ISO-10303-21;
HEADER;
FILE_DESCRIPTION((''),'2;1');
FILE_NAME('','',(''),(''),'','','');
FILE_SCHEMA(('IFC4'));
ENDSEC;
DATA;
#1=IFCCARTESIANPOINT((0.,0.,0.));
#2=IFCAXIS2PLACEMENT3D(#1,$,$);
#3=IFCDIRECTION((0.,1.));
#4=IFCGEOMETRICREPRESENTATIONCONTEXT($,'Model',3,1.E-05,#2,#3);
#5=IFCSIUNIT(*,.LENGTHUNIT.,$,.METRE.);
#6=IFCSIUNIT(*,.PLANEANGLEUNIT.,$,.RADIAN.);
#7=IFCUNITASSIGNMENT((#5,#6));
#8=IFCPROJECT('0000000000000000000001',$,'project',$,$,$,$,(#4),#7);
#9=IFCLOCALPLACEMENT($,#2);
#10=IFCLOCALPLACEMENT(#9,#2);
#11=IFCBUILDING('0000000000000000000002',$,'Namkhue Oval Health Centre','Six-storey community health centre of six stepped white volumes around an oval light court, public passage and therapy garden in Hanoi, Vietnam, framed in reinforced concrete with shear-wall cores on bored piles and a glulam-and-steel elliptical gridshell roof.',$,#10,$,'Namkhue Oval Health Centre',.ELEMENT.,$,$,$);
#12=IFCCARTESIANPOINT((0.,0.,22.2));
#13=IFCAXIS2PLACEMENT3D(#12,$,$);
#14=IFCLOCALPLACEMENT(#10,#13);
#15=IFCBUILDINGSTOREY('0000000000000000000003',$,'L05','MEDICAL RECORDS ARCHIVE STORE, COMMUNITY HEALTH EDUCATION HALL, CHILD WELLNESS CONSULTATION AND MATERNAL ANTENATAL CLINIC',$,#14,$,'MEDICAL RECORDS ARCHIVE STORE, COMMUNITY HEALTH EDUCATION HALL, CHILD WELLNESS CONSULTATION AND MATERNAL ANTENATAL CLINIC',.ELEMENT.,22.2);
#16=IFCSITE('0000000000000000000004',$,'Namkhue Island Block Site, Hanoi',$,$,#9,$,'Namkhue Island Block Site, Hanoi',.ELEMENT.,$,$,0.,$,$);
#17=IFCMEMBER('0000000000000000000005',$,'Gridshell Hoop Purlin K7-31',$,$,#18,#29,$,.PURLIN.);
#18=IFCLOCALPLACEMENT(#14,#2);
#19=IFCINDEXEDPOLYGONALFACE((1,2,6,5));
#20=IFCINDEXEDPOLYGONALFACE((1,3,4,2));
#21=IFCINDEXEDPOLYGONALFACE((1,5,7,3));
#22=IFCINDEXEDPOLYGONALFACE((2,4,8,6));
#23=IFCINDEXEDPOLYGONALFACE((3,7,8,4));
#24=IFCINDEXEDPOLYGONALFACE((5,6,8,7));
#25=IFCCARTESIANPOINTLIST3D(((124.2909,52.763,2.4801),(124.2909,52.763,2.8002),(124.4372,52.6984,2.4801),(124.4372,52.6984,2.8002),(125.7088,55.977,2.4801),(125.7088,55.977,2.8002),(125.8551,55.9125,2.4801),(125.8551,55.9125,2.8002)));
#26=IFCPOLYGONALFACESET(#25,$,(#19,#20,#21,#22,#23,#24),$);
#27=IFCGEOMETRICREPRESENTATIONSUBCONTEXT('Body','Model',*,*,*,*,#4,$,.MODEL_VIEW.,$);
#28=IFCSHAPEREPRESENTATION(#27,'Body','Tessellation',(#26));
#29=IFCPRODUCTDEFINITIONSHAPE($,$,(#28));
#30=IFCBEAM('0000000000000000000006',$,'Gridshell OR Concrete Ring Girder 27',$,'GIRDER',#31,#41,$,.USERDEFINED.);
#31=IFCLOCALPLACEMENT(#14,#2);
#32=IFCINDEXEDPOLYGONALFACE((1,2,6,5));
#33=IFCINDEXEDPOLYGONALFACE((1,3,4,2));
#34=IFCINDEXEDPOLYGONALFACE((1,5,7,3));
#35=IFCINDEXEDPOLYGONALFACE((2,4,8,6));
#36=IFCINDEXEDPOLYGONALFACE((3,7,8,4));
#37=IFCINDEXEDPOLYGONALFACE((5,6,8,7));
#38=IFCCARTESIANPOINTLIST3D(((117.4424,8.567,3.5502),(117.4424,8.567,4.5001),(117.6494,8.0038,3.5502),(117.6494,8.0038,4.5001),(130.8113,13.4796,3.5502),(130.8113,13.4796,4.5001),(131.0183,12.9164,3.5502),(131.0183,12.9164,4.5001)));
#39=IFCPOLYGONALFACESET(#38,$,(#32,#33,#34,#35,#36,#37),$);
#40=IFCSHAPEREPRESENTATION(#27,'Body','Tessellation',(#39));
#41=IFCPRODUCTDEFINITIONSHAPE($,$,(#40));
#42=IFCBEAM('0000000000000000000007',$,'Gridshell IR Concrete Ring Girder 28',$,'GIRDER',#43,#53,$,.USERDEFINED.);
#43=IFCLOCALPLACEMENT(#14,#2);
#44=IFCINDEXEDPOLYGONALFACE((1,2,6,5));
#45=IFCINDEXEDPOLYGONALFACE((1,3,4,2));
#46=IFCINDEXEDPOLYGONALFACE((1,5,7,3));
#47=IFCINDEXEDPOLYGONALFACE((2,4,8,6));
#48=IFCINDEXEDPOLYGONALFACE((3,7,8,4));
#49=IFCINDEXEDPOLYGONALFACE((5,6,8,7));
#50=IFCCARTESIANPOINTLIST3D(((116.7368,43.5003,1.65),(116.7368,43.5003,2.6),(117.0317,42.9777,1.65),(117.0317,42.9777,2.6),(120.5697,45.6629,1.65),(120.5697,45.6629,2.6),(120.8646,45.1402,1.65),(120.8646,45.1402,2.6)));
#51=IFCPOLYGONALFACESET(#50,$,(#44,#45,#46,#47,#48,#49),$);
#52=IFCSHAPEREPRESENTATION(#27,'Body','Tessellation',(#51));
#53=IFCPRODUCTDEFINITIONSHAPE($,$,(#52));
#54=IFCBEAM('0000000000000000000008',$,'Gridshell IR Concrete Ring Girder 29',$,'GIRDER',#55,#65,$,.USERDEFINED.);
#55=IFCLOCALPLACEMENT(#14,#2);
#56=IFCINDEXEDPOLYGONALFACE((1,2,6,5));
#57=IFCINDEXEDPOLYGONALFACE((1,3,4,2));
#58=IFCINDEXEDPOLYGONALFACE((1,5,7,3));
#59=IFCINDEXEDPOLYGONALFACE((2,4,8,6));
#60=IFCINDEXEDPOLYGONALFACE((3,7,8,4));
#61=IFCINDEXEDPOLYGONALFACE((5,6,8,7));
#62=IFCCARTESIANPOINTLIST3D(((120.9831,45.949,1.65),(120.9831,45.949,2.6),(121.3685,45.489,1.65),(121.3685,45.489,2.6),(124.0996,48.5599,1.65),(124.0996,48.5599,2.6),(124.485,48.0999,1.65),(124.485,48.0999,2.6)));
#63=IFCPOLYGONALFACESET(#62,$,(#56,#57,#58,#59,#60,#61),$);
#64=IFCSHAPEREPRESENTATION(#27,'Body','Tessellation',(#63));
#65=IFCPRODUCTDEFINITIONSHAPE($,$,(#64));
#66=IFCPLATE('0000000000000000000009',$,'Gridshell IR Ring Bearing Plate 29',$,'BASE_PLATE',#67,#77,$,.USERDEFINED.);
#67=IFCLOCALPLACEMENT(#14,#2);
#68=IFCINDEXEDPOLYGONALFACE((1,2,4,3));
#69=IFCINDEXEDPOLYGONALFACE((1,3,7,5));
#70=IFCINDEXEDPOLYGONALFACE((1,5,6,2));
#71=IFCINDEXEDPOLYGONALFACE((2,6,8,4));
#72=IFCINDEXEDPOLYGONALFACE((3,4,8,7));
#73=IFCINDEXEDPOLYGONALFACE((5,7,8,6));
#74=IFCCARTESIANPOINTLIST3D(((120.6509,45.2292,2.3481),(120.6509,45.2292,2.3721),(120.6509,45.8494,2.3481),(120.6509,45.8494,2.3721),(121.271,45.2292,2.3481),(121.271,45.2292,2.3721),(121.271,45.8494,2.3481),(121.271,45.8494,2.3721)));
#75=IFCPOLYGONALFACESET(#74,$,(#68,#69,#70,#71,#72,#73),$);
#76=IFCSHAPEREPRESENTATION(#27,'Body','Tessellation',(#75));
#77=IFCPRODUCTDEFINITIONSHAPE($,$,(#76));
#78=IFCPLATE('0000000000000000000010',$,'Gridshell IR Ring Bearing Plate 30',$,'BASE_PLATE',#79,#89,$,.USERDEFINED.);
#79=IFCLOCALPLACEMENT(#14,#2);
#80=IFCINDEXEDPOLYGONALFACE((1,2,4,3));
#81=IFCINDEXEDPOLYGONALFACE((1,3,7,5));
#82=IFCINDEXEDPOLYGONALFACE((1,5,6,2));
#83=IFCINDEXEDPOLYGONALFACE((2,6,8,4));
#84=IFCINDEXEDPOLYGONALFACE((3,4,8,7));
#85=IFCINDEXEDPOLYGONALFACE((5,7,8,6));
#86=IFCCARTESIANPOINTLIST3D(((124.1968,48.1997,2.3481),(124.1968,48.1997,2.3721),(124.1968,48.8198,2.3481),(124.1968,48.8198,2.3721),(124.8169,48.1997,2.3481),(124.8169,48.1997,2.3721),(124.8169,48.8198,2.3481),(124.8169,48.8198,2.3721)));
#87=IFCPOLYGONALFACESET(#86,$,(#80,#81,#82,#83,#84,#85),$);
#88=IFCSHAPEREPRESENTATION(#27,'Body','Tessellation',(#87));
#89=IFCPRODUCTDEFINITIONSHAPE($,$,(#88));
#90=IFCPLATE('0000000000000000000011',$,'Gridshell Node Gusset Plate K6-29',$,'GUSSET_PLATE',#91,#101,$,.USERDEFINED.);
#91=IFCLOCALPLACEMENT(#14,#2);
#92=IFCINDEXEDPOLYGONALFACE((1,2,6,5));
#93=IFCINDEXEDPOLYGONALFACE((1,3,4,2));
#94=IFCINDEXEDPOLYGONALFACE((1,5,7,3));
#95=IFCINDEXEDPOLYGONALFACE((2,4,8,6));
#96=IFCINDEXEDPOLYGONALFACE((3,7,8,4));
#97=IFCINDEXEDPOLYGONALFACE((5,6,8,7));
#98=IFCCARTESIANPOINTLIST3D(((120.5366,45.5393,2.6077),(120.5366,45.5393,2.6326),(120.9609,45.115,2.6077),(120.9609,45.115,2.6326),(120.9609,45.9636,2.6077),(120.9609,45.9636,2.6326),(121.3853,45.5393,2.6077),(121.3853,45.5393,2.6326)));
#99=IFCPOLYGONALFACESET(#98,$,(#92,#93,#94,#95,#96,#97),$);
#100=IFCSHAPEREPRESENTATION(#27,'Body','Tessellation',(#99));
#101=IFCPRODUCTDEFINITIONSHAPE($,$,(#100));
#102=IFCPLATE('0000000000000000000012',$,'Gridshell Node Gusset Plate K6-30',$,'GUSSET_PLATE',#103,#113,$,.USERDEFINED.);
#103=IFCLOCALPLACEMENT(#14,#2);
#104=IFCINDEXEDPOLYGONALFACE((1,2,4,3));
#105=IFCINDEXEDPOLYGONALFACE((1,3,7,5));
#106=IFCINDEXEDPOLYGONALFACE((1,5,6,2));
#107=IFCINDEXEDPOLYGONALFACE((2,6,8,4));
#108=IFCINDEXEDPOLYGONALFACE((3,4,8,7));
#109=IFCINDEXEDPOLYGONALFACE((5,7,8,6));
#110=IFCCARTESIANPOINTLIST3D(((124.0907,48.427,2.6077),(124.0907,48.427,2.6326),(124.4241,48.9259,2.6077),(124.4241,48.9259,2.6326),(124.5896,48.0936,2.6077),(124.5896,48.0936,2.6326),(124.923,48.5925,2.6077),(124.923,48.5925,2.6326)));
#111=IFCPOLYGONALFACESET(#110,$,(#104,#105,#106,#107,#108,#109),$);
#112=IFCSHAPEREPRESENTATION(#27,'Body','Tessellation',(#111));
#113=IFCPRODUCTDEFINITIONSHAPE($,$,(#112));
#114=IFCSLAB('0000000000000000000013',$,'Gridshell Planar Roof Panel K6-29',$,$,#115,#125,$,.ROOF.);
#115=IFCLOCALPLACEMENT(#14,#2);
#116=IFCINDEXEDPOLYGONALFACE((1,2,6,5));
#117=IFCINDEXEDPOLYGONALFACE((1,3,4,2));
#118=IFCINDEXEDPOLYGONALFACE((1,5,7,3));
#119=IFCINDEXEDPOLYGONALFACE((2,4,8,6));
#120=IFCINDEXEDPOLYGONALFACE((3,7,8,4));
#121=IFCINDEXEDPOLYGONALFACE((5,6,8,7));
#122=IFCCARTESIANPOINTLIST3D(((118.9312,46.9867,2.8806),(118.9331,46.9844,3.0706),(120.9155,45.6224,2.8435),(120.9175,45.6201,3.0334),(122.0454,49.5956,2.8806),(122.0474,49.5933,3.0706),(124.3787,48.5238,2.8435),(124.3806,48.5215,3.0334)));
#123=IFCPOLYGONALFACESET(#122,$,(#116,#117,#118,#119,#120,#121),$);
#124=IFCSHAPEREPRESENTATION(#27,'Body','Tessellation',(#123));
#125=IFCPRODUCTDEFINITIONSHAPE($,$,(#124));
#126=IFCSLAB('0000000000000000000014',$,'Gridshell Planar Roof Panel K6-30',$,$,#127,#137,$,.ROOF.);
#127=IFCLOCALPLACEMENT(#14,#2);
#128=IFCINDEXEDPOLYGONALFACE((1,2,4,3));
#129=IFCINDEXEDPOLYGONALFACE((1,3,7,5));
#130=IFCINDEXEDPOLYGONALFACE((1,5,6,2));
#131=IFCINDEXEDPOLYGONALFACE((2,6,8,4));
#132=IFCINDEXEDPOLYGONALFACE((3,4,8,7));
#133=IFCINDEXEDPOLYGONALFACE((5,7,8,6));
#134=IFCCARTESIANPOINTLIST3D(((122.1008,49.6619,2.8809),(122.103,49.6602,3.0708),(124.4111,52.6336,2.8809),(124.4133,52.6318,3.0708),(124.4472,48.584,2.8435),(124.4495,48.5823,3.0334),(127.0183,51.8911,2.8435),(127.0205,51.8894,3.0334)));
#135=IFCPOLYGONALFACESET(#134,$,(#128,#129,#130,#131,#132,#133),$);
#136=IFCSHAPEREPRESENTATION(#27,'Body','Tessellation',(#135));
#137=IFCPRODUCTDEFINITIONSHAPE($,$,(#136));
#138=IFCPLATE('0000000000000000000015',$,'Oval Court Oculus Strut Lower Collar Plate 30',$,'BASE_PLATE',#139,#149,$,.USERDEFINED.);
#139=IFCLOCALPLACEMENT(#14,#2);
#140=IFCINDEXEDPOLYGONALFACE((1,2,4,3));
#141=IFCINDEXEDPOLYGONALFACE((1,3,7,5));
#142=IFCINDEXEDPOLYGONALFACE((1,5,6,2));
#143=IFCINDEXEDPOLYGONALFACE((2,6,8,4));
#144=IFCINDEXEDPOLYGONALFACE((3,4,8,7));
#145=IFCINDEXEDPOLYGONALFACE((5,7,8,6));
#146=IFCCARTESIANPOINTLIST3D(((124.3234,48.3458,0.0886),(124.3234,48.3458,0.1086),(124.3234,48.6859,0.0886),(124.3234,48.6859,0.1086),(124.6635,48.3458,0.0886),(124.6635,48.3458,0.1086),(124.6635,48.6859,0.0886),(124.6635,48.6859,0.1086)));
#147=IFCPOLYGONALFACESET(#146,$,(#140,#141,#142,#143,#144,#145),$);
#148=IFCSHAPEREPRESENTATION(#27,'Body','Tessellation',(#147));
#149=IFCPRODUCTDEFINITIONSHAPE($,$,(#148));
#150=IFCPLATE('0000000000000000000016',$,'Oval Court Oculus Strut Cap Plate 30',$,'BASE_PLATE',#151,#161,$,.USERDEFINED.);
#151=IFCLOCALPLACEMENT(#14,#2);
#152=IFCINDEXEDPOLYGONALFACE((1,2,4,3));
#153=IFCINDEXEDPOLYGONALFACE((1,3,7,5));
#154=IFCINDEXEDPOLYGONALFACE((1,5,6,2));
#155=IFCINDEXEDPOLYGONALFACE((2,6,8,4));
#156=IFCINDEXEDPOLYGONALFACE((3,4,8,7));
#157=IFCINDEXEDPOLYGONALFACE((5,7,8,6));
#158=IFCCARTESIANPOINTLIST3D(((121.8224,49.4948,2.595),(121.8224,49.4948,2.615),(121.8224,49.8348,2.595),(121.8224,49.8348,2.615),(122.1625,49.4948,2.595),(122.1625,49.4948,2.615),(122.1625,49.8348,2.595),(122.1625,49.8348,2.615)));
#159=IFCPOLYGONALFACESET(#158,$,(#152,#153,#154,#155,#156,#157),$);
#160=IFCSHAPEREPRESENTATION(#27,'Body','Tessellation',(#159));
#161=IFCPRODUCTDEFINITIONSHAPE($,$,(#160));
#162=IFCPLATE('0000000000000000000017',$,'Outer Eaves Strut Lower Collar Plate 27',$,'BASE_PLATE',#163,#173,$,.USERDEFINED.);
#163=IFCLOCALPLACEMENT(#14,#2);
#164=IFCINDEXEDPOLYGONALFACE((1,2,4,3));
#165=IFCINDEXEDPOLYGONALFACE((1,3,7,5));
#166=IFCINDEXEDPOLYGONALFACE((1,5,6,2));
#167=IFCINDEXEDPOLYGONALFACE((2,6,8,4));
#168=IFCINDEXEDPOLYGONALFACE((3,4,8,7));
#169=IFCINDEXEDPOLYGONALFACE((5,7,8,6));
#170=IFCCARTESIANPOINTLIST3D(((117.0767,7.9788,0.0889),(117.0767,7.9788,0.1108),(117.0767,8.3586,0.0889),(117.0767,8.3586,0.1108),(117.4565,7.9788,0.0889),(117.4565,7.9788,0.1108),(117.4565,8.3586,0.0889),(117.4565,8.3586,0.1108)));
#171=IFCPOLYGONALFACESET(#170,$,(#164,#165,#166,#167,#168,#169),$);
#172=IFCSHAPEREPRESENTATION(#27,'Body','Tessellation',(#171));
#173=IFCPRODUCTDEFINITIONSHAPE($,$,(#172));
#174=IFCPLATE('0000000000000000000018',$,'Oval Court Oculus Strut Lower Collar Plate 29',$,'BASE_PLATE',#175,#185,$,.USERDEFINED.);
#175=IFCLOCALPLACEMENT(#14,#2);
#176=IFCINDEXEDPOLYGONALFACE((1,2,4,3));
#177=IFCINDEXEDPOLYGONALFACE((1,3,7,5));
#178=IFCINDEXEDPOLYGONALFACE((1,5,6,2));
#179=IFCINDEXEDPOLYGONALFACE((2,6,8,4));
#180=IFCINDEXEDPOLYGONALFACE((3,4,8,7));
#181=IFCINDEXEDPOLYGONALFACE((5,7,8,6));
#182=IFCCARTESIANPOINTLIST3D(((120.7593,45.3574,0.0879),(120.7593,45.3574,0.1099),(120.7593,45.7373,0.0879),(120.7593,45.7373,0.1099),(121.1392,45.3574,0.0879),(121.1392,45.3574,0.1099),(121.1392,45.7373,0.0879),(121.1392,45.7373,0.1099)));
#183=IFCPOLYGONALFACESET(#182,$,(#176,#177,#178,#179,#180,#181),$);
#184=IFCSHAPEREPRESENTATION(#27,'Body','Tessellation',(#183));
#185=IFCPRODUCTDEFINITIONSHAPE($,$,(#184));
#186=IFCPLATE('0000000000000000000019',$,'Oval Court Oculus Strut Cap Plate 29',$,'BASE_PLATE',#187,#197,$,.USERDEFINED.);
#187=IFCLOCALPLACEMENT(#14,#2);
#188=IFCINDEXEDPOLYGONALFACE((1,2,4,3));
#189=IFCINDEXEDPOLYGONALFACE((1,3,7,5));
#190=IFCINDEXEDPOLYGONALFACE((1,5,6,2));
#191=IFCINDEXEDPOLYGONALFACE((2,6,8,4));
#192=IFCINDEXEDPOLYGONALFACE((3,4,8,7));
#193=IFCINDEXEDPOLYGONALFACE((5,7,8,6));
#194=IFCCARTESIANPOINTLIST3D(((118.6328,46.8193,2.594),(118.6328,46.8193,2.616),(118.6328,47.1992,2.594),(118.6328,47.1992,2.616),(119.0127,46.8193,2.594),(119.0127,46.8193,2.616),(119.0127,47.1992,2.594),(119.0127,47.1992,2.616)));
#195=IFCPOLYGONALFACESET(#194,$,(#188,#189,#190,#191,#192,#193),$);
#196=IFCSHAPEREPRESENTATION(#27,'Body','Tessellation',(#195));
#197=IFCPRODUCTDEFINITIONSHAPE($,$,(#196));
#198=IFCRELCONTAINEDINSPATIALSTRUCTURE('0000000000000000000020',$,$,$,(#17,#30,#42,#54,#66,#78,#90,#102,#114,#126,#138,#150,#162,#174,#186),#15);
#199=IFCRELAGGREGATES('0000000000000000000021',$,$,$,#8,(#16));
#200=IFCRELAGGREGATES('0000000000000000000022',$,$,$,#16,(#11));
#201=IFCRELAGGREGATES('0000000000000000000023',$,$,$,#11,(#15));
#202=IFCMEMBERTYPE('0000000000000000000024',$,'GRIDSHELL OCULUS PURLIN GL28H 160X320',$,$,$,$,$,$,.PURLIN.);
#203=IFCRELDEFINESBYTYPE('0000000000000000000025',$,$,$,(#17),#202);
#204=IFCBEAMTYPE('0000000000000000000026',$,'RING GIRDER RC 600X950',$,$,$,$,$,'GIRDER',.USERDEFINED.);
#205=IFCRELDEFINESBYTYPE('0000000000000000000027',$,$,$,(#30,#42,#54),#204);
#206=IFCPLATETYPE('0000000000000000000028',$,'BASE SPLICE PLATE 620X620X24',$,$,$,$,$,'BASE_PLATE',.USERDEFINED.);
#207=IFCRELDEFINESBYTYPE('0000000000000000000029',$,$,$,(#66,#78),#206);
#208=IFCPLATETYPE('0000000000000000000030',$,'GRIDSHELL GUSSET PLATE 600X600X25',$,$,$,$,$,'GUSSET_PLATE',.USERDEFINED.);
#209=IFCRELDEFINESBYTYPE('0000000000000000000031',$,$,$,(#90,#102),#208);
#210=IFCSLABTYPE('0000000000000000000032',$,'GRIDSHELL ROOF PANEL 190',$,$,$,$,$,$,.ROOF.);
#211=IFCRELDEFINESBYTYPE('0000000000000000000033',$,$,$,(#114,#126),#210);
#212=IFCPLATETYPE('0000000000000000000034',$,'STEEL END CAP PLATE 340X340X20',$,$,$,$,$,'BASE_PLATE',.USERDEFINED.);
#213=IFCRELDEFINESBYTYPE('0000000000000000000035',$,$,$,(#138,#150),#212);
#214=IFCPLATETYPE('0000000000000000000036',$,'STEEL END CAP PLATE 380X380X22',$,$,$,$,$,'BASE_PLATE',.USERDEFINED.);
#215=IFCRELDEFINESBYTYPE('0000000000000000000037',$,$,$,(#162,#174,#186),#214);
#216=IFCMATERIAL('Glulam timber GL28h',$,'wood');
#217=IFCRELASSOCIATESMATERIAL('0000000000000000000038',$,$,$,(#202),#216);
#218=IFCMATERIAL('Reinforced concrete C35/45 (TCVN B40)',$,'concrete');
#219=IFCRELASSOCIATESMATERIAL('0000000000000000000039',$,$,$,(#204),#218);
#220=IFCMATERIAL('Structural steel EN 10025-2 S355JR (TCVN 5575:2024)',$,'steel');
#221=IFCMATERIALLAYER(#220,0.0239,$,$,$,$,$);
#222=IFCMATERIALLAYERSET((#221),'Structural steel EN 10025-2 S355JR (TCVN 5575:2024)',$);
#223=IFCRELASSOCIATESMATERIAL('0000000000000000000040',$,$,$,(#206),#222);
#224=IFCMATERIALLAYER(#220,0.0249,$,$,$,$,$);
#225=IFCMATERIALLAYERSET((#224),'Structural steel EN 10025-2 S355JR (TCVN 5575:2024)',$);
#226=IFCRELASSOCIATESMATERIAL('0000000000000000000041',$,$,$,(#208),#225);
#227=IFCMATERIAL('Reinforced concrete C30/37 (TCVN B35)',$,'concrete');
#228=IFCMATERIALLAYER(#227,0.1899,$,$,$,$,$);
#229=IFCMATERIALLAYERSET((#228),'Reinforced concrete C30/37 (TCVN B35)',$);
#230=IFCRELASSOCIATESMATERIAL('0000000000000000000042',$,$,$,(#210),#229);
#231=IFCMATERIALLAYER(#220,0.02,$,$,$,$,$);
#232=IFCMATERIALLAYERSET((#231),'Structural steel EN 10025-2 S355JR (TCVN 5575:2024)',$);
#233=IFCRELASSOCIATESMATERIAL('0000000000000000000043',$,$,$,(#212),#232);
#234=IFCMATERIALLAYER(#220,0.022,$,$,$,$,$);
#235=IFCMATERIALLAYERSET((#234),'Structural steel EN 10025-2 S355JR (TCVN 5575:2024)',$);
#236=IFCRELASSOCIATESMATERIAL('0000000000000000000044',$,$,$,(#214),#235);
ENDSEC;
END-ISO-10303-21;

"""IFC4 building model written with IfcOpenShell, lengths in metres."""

from ifc_helpers import new_model, si_unit, direction, frame, origin, origin_2d, place, context, subcontext, project, spatial, polyline, rectangle, outline, extrude, material, layer, layer_set, material_profile, profile_set, type_object, element, save


model = new_model("IFC4")

# Units and contexts
model_context = context("Model", 3, precision=1e-05, world=origin(), true_north=direction((0.0, 1.0)))
body_context = subcontext(model_context, "Body", "Model", "MODEL_VIEW")
ifc_project = project(units=[si_unit("LENGTHUNIT", "METRE"), si_unit("PLANEANGLEUNIT", "RADIAN")], contexts=[model_context])

# Site, building, storey
site_placement = place(None, origin())
site = spatial("IfcSite", under=ifc_project, at=site_placement, Name="Namkhue Island Block Site, Hanoi", LongName="Namkhue Island Block Site, Hanoi", CompositionType="ELEMENT", RefElevation=0.0)
building_placement = place(site_placement, origin())
building = spatial("IfcBuilding", under=site, at=building_placement, Name="Namkhue Oval Health Centre", Description="Six-storey community health centre of six stepped white volumes around an oval light court, public passage and therapy garden in Hanoi, Vietnam, framed in reinforced concrete with shear-wall cores on bored piles and a glulam-and-steel elliptical gridshell roof.", LongName="Namkhue Oval Health Centre", CompositionType="ELEMENT")
storey_placement = place(building_placement, frame((0.0, 0.0, 22.2)))
storey = spatial("IfcBuildingStorey", under=building, at=storey_placement, Name="L05", Description="MEDICAL RECORDS ARCHIVE STORE, COMMUNITY HEALTH EDUCATION HALL, CHILD WELLNESS CONSULTATION AND MATERNAL ANTENATAL CLINIC", LongName="MEDICAL RECORDS ARCHIVE STORE, COMMUNITY HEALTH EDUCATION HALL, CHILD WELLNESS CONSULTATION AND MATERNAL ANTENATAL CLINIC", CompositionType="ELEMENT", Elevation=22.2)

# Shared definitions
ifc_material_1 = material(Name="Reinforced concrete C35/45 (TCVN B40)", Category="concrete")

# Member
ifc_material_2 = material(Name="Structural steel EN 10025-2 S355JR (TCVN 5575:2024)", Category="steel")
ifc_material_3 = material(Name="Glulam timber GL28h", Category="wood")
ifc_material_profile_1 = material_profile(ifc_material_3, rectangle(XDim=0.1599, YDim=0.3201, at=origin_2d()), Name="GL28h 160x320")
ifc_profile_set_1 = profile_set([ifc_material_profile_1], Name="Glulam timber GL28h")
member_type_1 = type_object("IfcMemberType", Name="GRIDSHELL OCULUS PURLIN GL28H 160X320", PredefinedType="PURLIN", material=ifc_profile_set_1)
member_1_placement = place(storey_placement, frame((124.364, 52.7307, 2.6401), z_axis=(0.403635, 0.91492, 0.0), x_axis=(-0.91492, 0.403635, 0.0)))
element("IfcMember", 1, at=member_1_placement, inside=storey, type_object=member_type_1, Name="Gridshell Hoop Purlin K7-31", PredefinedType="PURLIN", context=body_context, shape_type="SweptSolid", body=[
    extrude(rectangle(XDim=0.1599, YDim=0.3201, at=origin_2d()), origin(), (0.0, 0.0, 1.0), 3.5129),
])

# Beams
ifc_material_profile_2 = material_profile(ifc_material_1, rectangle(XDim=0.6001, YDim=0.95, at=origin_2d()), Name="RC 600x950")
ifc_profile_set_2 = profile_set([ifc_material_profile_2], Name="Reinforced concrete C35/45 (TCVN B40)")
beam_type = type_object("IfcBeamType", Name="RING GIRDER RC 600X950", ElementType="GIRDER", PredefinedType="USERDEFINED", material=ifc_profile_set_2)
beam_1_placement = place(storey_placement, frame((117.5459, 8.2854, 4.0251), z_axis=(0.938634, 0.344915, 0.0), x_axis=(-0.344915, 0.938634, 0.0)))
element("IfcBeam", 2, at=beam_1_placement, inside=storey, type_object=beam_type, Name="Gridshell OR Concrete Ring Girder 27", ObjectType="GIRDER", PredefinedType="USERDEFINED", context=body_context, shape_type="SweptSolid", body=[
    extrude(rectangle(XDim=0.6001, YDim=0.95, at=origin_2d()), origin(), (0.0, 0.0, 1.0), 14.2429),
])
beam_2_placement = place(storey_placement, frame((116.8843, 43.239, 2.125), z_axis=(0.870941, 0.491388, 0.0), x_axis=(-0.491388, 0.870941, 0.0)))
element("IfcBeam", 3, at=beam_2_placement, inside=storey, type_object=beam_type, Name="Gridshell IR Concrete Ring Girder 28", ObjectType="GIRDER", PredefinedType="USERDEFINED", context=body_context, shape_type="SweptSolid", body=[
    extrude(rectangle(XDim=0.6001, YDim=0.95, at=origin_2d()), origin(), (0.0, 0.0, 1.0), 4.4009),
])
beam_3_placement = place(storey_placement, frame((121.1758, 45.719, 2.125), z_axis=(0.76655, 0.642185, 0.0), x_axis=(-0.642185, 0.76655, 0.0)))
element("IfcBeam", 4, at=beam_3_placement, inside=storey, type_object=beam_type, Name="Gridshell IR Concrete Ring Girder 29", ObjectType="GIRDER", PredefinedType="USERDEFINED", context=body_context, shape_type="SweptSolid", body=[
    extrude(rectangle(XDim=0.6001, YDim=0.95, at=origin_2d()), origin(), (0.0, 0.0, 1.0), 4.0657),
])

# Plates
ifc_layer_1 = layer(ifc_material_2, 0.0239)
ifc_layer_set_1 = layer_set([ifc_layer_1], Name="Structural steel EN 10025-2 S355JR (TCVN 5575:2024)")
plate_type_1 = type_object("IfcPlateType", Name="BASE SPLICE PLATE 620X620X24", ElementType="BASE_PLATE", PredefinedType="USERDEFINED", material=ifc_layer_set_1)
for number, where, z_axis, x_axis, name in (
    (5, (120.9609, 45.5393, 2.3481), (0.0, 0.0, 1.0), (1.0, 0.0, 0.0), "Gridshell IR Ring Bearing Plate 29"),
    (6, (124.5068, 48.5098, 2.3481), (0.0, 0.0, 1.0), (1.0, 0.0, 0.0), "Gridshell IR Ring Bearing Plate 30"),
):
    element("IfcPlate", number, at=place(storey_placement, frame(where, z_axis=z_axis, x_axis=x_axis)), inside=storey, type_object=plate_type_1, Name=name, ObjectType="BASE_PLATE", PredefinedType="USERDEFINED", context=body_context, shape_type="SweptSolid", body=[
        extrude(rectangle(XDim=0.6201, YDim=0.6201, at=origin_2d()), origin(), (0.0, 0.0, 1.0), 0.0239),
    ])
ifc_layer_2 = layer(ifc_material_2, 0.0249)
ifc_layer_set_2 = layer_set([ifc_layer_2], Name="Structural steel EN 10025-2 S355JR (TCVN 5575:2024)")
plate_type_2 = type_object("IfcPlateType", Name="GRIDSHELL GUSSET PLATE 600X600X25", ElementType="GUSSET_PLATE", PredefinedType="USERDEFINED", material=ifc_layer_set_2)
for number, where, z_axis, x_axis, name in (
    (7, (120.9609, 45.5393, 2.6077), (0.0, 0.0, 1.0), (0.707107, -0.707107, 0.0), "Gridshell Node Gusset Plate K6-29"),
    (8, (124.5068, 48.5098, 2.6077), (0.0, 0.0, 1.0), (0.83147, -0.55557, 0.0), "Gridshell Node Gusset Plate K6-30"),
):
    element("IfcPlate", number, at=place(storey_placement, frame(where, z_axis=z_axis, x_axis=x_axis)), inside=storey, type_object=plate_type_2, Name=name, ObjectType="GUSSET_PLATE", PredefinedType="USERDEFINED", context=body_context, shape_type="SweptSolid", body=[
        extrude(rectangle(XDim=0.6001, YDim=0.6001, at=origin_2d()), origin(), (0.0, 0.0, 1.0), 0.0249),
    ])

# Slabs
ifc_material_4 = material(Name="Reinforced concrete C30/37 (TCVN B35)", Category="concrete")
ifc_layer_3 = layer(ifc_material_4, 0.1899)
ifc_layer_set_3 = layer_set([ifc_layer_3], Name="Reinforced concrete C30/37 (TCVN B35)")
slab_type = type_object("IfcSlabType", Name="GRIDSHELL ROOF PANEL 190", PredefinedType="ROOF", material=ifc_layer_set_3)
slab_1_placement = place(storey_placement, frame((120.9175, 45.6201, 3.0334), z_axis=(0.010271, -0.01226, 0.999872), x_axis=(0.76654, 0.642197, 0.0)))
element("IfcSlab", 9, at=slab_1_placement, inside=storey, type_object=slab_type, Name="Gridshell Planar Roof Panel K6-29", PredefinedType="ROOF", context=body_context, shape_type="SweptSolid", body=[
    extrude(outline(polyline([(0.0, 0.0), (4.5179, 0.0), (3.4176, 2.3203), (-0.645, 2.3204), (0.0, 0.0)])), origin(), (0.0, 0.0, -1.0), 0.1899),
])
slab_2_placement = place(storey_placement, frame((124.4495, 48.5823, 3.0334), z_axis=(0.011729, -0.009118, 0.99989), x_axis=(0.613767, 0.789487, 0.0)))
element("IfcSlab", 10, at=slab_2_placement, inside=storey, type_object=slab_type, Name="Gridshell Planar Roof Panel K6-30", PredefinedType="ROOF", context=body_context, shape_type="SweptSolid", body=[
    extrude(outline(polyline([(0.0, 0.0), (4.189, 0.0), (3.1749, 2.5143), (-0.5892, 2.5143), (0.0, 0.0)])), origin(), (0.0, 0.0, -1.0), 0.1899),
])

# Plates
ifc_layer_4 = layer(ifc_material_2, 0.02)
ifc_layer_set_4 = layer_set([ifc_layer_4], Name="Structural steel EN 10025-2 S355JR (TCVN 5575:2024)")
plate_type_3 = type_object("IfcPlateType", Name="STEEL END CAP PLATE 340X340X20", ElementType="BASE_PLATE", PredefinedType="USERDEFINED", material=ifc_layer_set_4)
for number, where, z_axis, x_axis, name in (
    (11, (124.4934, 48.5159, 0.0886), (0.0, 0.0, 1.0), (1.0, 0.0, 0.0), "Oval Court Oculus Strut Lower Collar Plate 30"),
    (12, (121.9924, 49.6648, 2.595), (0.0, 0.0, 1.0), (1.0, 0.0, 0.0), "Oval Court Oculus Strut Cap Plate 30"),
):
    element("IfcPlate", number, at=place(storey_placement, frame(where, z_axis=z_axis, x_axis=x_axis)), inside=storey, type_object=plate_type_3, Name=name, ObjectType="BASE_PLATE", PredefinedType="USERDEFINED", context=body_context, shape_type="SweptSolid", body=[
        extrude(rectangle(XDim=0.3401, YDim=0.3401, at=origin_2d()), origin(), (0.0, 0.0, 1.0), 0.02),
    ])
ifc_layer_5 = layer(ifc_material_2, 0.022)
ifc_layer_set_5 = layer_set([ifc_layer_5], Name="Structural steel EN 10025-2 S355JR (TCVN 5575:2024)")
plate_type_4 = type_object("IfcPlateType", Name="STEEL END CAP PLATE 380X380X22", ElementType="BASE_PLATE", PredefinedType="USERDEFINED", material=ifc_layer_set_5)
for number, where, z_axis, x_axis, name in (
    (13, (117.2666, 8.1687, 0.0889), (0.0, 0.0, 1.0), (1.0, 0.0, 0.0), "Outer Eaves Strut Lower Collar Plate 27"),
    (14, (120.9492, 45.5474, 0.0879), (0.0, 0.0, 1.0), (1.0, 0.0, 0.0), "Oval Court Oculus Strut Lower Collar Plate 29"),
    (15, (118.8228, 47.0093, 2.594), (0.0, 0.0, 1.0), (1.0, 0.0, 0.0), "Oval Court Oculus Strut Cap Plate 29"),
):
    element("IfcPlate", number, at=place(storey_placement, frame(where, z_axis=z_axis, x_axis=x_axis)), inside=storey, type_object=plate_type_4, Name=name, ObjectType="BASE_PLATE", PredefinedType="USERDEFINED", context=body_context, shape_type="SweptSolid", body=[
        extrude(rectangle(XDim=0.3799, YDim=0.3799, at=origin_2d()), origin(), (0.0, 0.0, 1.0), 0.022),
    ])

save(model, "model.ifc")
